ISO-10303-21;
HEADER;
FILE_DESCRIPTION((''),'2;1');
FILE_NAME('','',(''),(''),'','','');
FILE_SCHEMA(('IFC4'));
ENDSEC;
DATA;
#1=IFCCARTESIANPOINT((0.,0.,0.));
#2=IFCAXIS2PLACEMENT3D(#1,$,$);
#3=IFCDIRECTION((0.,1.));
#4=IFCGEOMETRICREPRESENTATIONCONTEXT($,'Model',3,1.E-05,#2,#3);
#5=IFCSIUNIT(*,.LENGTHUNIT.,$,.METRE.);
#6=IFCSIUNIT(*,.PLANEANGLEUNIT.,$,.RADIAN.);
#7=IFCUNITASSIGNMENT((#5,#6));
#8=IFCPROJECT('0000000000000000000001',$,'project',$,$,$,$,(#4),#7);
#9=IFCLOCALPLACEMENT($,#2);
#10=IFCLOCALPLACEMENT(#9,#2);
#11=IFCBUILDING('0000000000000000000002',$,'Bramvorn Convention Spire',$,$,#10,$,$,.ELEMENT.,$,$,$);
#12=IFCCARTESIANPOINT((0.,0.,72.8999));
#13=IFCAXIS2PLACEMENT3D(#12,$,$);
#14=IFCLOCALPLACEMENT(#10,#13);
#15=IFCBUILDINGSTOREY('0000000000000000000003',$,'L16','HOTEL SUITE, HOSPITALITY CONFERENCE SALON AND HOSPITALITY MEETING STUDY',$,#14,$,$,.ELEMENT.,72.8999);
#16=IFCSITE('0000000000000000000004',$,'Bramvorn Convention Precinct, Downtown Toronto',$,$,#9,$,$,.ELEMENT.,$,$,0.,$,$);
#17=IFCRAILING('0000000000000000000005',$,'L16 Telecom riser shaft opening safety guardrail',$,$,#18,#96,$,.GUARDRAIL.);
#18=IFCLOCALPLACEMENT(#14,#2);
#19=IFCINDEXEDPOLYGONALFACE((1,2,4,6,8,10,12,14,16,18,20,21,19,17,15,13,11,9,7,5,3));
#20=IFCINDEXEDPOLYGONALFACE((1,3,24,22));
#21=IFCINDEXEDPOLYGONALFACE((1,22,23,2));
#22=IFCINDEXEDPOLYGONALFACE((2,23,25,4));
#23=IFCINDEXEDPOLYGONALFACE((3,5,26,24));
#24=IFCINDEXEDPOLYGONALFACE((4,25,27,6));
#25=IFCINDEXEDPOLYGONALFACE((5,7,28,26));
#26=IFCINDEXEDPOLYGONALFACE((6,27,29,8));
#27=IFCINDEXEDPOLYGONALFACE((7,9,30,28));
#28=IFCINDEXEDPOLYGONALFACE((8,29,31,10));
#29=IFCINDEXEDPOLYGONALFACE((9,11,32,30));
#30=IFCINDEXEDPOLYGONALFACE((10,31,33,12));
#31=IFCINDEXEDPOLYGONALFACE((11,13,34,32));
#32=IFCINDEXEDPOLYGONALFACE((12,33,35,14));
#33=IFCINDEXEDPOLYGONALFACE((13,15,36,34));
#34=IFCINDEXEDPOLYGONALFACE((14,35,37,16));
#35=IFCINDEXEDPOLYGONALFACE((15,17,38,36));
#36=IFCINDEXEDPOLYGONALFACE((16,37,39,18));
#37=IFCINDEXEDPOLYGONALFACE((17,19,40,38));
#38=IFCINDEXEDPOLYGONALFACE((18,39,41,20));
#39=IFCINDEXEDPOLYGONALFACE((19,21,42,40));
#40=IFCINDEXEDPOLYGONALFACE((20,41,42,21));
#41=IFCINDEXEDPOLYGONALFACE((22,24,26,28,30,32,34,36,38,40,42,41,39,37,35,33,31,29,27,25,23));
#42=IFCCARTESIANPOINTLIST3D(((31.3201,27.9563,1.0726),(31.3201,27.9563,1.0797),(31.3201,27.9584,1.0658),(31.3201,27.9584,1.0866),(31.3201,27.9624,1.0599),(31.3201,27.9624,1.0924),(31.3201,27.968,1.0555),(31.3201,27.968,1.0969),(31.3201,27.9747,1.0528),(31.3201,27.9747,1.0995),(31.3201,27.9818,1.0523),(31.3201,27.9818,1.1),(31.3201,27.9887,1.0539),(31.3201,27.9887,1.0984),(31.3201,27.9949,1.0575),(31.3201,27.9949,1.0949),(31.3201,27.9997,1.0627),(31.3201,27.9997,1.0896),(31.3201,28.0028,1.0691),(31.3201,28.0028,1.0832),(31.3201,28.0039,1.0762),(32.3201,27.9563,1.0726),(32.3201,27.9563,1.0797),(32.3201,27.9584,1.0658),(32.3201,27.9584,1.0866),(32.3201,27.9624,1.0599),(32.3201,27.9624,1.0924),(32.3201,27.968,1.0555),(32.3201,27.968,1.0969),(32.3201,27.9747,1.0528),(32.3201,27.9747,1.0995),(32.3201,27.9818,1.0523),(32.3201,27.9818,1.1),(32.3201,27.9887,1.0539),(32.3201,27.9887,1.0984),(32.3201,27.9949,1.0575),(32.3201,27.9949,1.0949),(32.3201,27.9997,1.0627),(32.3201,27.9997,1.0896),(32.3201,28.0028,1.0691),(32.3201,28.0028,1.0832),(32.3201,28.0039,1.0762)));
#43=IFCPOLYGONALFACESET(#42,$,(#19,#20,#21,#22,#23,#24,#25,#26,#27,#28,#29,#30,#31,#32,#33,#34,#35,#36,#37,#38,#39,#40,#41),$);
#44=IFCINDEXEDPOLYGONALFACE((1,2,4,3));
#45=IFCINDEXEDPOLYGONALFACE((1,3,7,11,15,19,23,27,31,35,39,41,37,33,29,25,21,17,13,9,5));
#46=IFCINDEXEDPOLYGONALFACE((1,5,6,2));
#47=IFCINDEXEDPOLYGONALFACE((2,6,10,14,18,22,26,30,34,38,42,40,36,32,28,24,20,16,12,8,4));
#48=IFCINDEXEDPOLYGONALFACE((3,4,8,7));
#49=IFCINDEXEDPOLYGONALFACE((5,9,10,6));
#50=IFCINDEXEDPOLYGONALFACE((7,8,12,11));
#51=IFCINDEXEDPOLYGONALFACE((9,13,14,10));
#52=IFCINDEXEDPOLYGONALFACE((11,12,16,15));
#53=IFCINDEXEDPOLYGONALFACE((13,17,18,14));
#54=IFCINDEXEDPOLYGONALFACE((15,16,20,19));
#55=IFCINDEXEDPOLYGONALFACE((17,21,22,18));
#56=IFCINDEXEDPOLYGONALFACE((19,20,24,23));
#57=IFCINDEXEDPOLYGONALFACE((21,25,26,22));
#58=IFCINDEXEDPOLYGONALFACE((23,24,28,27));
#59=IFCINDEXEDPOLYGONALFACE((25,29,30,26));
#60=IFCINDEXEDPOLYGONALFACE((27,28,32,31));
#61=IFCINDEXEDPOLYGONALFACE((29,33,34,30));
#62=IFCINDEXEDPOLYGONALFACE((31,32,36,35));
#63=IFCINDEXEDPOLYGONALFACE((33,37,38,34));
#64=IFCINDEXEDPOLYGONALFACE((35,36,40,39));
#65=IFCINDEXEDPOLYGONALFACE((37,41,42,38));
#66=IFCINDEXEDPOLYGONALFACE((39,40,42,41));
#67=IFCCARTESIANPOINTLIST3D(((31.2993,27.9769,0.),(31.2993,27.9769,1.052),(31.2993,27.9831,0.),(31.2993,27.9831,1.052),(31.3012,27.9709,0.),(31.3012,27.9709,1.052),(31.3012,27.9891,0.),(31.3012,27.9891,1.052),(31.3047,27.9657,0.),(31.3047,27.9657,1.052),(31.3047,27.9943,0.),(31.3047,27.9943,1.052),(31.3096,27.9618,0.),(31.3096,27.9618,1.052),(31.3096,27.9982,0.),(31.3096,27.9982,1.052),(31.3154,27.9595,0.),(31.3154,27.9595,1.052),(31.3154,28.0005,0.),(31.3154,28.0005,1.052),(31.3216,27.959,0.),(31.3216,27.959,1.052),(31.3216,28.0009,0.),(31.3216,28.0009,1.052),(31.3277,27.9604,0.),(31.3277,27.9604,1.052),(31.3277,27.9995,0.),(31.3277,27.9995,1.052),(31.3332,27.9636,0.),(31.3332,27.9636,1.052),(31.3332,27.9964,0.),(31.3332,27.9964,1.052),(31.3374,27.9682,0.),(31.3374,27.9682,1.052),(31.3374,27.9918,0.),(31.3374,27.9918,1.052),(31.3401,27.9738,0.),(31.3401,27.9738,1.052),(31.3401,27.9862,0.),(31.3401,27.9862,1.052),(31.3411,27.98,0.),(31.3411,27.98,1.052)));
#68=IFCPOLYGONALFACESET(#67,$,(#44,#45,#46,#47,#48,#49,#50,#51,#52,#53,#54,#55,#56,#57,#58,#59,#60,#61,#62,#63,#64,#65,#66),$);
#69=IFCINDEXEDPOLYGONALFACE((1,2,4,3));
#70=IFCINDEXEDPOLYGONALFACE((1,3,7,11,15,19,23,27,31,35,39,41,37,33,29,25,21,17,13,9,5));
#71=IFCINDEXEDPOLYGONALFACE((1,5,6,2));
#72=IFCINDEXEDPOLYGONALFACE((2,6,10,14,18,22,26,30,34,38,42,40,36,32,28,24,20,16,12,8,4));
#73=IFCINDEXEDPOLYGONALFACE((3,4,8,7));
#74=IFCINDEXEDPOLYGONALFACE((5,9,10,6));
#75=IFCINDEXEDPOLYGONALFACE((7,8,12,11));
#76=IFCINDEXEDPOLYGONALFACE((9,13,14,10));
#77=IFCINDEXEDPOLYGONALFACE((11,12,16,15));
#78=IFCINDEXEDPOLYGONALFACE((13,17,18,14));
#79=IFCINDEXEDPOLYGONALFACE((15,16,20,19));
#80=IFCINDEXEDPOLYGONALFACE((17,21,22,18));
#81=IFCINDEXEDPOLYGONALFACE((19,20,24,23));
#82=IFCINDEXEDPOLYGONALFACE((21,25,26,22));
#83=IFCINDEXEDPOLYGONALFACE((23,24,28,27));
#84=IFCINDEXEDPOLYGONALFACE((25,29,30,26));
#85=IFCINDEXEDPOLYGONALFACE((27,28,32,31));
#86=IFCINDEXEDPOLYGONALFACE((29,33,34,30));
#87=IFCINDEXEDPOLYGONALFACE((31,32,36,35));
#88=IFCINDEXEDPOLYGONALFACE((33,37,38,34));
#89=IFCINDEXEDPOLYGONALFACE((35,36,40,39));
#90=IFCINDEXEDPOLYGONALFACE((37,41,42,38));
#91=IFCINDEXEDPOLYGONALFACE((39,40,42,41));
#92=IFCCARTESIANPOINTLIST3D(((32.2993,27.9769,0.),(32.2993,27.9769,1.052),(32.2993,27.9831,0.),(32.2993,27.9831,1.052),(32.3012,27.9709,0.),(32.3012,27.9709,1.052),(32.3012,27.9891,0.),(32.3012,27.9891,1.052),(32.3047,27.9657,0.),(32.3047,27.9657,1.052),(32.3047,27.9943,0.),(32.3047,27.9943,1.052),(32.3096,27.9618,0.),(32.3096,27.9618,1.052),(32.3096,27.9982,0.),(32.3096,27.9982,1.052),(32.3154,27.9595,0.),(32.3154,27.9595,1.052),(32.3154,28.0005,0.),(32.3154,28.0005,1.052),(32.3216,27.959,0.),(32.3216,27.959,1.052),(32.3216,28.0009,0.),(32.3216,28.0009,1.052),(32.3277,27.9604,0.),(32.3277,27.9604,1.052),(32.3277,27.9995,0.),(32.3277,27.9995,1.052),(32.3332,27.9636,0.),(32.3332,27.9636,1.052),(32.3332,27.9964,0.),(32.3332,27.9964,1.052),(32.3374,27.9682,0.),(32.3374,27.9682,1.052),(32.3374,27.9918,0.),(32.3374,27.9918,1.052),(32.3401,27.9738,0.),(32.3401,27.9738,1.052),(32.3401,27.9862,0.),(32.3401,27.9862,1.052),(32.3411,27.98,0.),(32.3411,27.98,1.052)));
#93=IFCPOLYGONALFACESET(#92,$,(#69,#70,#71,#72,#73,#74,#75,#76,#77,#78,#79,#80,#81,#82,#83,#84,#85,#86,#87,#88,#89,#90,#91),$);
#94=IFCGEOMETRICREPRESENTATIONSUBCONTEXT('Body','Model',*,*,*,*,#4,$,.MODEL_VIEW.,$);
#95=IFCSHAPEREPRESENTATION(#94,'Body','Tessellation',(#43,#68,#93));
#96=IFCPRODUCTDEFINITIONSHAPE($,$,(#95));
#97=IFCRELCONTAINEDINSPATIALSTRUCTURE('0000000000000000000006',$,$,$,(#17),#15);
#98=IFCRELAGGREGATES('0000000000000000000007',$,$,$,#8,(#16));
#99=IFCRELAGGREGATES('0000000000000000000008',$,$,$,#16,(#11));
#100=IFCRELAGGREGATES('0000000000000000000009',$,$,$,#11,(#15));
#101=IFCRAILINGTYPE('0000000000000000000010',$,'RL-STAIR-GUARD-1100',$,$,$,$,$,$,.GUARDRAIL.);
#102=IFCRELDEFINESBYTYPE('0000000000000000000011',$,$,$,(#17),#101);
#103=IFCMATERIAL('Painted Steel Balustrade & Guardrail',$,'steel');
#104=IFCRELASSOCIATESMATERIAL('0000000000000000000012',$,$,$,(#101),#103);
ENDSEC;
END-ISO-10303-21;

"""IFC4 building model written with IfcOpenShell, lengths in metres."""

from ifc_helpers import new_model, si_unit, direction, frame, origin, origin_2d, place, context, subcontext, project, spatial, circle, extrude, material, type_object, element, save


model = new_model("IFC4")

# Units and contexts
model_context = context("Model", 3, precision=1e-05, world=origin(), true_north=direction((0.0, 1.0)))
body_context = subcontext(model_context, "Body", "Model", "MODEL_VIEW")
ifc_project = project(units=[si_unit("LENGTHUNIT", "METRE"), si_unit("PLANEANGLEUNIT", "RADIAN")], contexts=[model_context])

# Site, building, storey
site_placement = place(None, origin())
site = spatial("IfcSite", under=ifc_project, at=site_placement, Name="Bramvorn Convention Precinct, Downtown Toronto", CompositionType="ELEMENT", RefElevation=0.0)
building_placement = place(site_placement, origin())
building = spatial("IfcBuilding", under=site, at=building_placement, Name="Bramvorn Convention Spire", CompositionType="ELEMENT")
storey_placement = place(building_placement, frame((0.0, 0.0, 72.8999)))
storey = spatial("IfcBuildingStorey", under=building, at=storey_placement, Name="L16", Description="HOTEL SUITE, HOSPITALITY CONFERENCE SALON AND HOSPITALITY MEETING STUDY", CompositionType="ELEMENT", Elevation=72.8999)

# Railing
ifc_material_1 = material(Name="Painted Steel Balustrade & Guardrail", Category="steel")
railing_type = type_object("IfcRailingType", Name="RL-STAIR-GUARD-1100", PredefinedType="GUARDRAIL", material=ifc_material_1)
railing_1_placement = place(storey_placement, frame((31.3201, 27.98, 0.0)))
element("IfcRailing", 1, at=railing_1_placement, inside=storey, type_object=railing_type, Name="L16 Telecom riser shaft opening safety guardrail", PredefinedType="GUARDRAIL", context=body_context, shape_type="SweptSolid", body=[
    extrude(circle(Radius=0.0239, at=origin_2d()), frame((0.0, 0.0, 1.0762), z_axis=(1.0, 0.0, 0.0), x_axis=(0.0, 1.0, 0.0)), (0.0, 0.0, 1.0), 1.0),
    extrude(circle(Radius=0.021, at=origin_2d()), origin(), (0.0, 0.0, 1.0), 1.052),
    extrude(circle(Radius=0.021, at=origin_2d()), frame((1.0, 0.0, 0.0)), (0.0, 0.0, 1.0), 1.052),
])

save(model, "model.ifc")
